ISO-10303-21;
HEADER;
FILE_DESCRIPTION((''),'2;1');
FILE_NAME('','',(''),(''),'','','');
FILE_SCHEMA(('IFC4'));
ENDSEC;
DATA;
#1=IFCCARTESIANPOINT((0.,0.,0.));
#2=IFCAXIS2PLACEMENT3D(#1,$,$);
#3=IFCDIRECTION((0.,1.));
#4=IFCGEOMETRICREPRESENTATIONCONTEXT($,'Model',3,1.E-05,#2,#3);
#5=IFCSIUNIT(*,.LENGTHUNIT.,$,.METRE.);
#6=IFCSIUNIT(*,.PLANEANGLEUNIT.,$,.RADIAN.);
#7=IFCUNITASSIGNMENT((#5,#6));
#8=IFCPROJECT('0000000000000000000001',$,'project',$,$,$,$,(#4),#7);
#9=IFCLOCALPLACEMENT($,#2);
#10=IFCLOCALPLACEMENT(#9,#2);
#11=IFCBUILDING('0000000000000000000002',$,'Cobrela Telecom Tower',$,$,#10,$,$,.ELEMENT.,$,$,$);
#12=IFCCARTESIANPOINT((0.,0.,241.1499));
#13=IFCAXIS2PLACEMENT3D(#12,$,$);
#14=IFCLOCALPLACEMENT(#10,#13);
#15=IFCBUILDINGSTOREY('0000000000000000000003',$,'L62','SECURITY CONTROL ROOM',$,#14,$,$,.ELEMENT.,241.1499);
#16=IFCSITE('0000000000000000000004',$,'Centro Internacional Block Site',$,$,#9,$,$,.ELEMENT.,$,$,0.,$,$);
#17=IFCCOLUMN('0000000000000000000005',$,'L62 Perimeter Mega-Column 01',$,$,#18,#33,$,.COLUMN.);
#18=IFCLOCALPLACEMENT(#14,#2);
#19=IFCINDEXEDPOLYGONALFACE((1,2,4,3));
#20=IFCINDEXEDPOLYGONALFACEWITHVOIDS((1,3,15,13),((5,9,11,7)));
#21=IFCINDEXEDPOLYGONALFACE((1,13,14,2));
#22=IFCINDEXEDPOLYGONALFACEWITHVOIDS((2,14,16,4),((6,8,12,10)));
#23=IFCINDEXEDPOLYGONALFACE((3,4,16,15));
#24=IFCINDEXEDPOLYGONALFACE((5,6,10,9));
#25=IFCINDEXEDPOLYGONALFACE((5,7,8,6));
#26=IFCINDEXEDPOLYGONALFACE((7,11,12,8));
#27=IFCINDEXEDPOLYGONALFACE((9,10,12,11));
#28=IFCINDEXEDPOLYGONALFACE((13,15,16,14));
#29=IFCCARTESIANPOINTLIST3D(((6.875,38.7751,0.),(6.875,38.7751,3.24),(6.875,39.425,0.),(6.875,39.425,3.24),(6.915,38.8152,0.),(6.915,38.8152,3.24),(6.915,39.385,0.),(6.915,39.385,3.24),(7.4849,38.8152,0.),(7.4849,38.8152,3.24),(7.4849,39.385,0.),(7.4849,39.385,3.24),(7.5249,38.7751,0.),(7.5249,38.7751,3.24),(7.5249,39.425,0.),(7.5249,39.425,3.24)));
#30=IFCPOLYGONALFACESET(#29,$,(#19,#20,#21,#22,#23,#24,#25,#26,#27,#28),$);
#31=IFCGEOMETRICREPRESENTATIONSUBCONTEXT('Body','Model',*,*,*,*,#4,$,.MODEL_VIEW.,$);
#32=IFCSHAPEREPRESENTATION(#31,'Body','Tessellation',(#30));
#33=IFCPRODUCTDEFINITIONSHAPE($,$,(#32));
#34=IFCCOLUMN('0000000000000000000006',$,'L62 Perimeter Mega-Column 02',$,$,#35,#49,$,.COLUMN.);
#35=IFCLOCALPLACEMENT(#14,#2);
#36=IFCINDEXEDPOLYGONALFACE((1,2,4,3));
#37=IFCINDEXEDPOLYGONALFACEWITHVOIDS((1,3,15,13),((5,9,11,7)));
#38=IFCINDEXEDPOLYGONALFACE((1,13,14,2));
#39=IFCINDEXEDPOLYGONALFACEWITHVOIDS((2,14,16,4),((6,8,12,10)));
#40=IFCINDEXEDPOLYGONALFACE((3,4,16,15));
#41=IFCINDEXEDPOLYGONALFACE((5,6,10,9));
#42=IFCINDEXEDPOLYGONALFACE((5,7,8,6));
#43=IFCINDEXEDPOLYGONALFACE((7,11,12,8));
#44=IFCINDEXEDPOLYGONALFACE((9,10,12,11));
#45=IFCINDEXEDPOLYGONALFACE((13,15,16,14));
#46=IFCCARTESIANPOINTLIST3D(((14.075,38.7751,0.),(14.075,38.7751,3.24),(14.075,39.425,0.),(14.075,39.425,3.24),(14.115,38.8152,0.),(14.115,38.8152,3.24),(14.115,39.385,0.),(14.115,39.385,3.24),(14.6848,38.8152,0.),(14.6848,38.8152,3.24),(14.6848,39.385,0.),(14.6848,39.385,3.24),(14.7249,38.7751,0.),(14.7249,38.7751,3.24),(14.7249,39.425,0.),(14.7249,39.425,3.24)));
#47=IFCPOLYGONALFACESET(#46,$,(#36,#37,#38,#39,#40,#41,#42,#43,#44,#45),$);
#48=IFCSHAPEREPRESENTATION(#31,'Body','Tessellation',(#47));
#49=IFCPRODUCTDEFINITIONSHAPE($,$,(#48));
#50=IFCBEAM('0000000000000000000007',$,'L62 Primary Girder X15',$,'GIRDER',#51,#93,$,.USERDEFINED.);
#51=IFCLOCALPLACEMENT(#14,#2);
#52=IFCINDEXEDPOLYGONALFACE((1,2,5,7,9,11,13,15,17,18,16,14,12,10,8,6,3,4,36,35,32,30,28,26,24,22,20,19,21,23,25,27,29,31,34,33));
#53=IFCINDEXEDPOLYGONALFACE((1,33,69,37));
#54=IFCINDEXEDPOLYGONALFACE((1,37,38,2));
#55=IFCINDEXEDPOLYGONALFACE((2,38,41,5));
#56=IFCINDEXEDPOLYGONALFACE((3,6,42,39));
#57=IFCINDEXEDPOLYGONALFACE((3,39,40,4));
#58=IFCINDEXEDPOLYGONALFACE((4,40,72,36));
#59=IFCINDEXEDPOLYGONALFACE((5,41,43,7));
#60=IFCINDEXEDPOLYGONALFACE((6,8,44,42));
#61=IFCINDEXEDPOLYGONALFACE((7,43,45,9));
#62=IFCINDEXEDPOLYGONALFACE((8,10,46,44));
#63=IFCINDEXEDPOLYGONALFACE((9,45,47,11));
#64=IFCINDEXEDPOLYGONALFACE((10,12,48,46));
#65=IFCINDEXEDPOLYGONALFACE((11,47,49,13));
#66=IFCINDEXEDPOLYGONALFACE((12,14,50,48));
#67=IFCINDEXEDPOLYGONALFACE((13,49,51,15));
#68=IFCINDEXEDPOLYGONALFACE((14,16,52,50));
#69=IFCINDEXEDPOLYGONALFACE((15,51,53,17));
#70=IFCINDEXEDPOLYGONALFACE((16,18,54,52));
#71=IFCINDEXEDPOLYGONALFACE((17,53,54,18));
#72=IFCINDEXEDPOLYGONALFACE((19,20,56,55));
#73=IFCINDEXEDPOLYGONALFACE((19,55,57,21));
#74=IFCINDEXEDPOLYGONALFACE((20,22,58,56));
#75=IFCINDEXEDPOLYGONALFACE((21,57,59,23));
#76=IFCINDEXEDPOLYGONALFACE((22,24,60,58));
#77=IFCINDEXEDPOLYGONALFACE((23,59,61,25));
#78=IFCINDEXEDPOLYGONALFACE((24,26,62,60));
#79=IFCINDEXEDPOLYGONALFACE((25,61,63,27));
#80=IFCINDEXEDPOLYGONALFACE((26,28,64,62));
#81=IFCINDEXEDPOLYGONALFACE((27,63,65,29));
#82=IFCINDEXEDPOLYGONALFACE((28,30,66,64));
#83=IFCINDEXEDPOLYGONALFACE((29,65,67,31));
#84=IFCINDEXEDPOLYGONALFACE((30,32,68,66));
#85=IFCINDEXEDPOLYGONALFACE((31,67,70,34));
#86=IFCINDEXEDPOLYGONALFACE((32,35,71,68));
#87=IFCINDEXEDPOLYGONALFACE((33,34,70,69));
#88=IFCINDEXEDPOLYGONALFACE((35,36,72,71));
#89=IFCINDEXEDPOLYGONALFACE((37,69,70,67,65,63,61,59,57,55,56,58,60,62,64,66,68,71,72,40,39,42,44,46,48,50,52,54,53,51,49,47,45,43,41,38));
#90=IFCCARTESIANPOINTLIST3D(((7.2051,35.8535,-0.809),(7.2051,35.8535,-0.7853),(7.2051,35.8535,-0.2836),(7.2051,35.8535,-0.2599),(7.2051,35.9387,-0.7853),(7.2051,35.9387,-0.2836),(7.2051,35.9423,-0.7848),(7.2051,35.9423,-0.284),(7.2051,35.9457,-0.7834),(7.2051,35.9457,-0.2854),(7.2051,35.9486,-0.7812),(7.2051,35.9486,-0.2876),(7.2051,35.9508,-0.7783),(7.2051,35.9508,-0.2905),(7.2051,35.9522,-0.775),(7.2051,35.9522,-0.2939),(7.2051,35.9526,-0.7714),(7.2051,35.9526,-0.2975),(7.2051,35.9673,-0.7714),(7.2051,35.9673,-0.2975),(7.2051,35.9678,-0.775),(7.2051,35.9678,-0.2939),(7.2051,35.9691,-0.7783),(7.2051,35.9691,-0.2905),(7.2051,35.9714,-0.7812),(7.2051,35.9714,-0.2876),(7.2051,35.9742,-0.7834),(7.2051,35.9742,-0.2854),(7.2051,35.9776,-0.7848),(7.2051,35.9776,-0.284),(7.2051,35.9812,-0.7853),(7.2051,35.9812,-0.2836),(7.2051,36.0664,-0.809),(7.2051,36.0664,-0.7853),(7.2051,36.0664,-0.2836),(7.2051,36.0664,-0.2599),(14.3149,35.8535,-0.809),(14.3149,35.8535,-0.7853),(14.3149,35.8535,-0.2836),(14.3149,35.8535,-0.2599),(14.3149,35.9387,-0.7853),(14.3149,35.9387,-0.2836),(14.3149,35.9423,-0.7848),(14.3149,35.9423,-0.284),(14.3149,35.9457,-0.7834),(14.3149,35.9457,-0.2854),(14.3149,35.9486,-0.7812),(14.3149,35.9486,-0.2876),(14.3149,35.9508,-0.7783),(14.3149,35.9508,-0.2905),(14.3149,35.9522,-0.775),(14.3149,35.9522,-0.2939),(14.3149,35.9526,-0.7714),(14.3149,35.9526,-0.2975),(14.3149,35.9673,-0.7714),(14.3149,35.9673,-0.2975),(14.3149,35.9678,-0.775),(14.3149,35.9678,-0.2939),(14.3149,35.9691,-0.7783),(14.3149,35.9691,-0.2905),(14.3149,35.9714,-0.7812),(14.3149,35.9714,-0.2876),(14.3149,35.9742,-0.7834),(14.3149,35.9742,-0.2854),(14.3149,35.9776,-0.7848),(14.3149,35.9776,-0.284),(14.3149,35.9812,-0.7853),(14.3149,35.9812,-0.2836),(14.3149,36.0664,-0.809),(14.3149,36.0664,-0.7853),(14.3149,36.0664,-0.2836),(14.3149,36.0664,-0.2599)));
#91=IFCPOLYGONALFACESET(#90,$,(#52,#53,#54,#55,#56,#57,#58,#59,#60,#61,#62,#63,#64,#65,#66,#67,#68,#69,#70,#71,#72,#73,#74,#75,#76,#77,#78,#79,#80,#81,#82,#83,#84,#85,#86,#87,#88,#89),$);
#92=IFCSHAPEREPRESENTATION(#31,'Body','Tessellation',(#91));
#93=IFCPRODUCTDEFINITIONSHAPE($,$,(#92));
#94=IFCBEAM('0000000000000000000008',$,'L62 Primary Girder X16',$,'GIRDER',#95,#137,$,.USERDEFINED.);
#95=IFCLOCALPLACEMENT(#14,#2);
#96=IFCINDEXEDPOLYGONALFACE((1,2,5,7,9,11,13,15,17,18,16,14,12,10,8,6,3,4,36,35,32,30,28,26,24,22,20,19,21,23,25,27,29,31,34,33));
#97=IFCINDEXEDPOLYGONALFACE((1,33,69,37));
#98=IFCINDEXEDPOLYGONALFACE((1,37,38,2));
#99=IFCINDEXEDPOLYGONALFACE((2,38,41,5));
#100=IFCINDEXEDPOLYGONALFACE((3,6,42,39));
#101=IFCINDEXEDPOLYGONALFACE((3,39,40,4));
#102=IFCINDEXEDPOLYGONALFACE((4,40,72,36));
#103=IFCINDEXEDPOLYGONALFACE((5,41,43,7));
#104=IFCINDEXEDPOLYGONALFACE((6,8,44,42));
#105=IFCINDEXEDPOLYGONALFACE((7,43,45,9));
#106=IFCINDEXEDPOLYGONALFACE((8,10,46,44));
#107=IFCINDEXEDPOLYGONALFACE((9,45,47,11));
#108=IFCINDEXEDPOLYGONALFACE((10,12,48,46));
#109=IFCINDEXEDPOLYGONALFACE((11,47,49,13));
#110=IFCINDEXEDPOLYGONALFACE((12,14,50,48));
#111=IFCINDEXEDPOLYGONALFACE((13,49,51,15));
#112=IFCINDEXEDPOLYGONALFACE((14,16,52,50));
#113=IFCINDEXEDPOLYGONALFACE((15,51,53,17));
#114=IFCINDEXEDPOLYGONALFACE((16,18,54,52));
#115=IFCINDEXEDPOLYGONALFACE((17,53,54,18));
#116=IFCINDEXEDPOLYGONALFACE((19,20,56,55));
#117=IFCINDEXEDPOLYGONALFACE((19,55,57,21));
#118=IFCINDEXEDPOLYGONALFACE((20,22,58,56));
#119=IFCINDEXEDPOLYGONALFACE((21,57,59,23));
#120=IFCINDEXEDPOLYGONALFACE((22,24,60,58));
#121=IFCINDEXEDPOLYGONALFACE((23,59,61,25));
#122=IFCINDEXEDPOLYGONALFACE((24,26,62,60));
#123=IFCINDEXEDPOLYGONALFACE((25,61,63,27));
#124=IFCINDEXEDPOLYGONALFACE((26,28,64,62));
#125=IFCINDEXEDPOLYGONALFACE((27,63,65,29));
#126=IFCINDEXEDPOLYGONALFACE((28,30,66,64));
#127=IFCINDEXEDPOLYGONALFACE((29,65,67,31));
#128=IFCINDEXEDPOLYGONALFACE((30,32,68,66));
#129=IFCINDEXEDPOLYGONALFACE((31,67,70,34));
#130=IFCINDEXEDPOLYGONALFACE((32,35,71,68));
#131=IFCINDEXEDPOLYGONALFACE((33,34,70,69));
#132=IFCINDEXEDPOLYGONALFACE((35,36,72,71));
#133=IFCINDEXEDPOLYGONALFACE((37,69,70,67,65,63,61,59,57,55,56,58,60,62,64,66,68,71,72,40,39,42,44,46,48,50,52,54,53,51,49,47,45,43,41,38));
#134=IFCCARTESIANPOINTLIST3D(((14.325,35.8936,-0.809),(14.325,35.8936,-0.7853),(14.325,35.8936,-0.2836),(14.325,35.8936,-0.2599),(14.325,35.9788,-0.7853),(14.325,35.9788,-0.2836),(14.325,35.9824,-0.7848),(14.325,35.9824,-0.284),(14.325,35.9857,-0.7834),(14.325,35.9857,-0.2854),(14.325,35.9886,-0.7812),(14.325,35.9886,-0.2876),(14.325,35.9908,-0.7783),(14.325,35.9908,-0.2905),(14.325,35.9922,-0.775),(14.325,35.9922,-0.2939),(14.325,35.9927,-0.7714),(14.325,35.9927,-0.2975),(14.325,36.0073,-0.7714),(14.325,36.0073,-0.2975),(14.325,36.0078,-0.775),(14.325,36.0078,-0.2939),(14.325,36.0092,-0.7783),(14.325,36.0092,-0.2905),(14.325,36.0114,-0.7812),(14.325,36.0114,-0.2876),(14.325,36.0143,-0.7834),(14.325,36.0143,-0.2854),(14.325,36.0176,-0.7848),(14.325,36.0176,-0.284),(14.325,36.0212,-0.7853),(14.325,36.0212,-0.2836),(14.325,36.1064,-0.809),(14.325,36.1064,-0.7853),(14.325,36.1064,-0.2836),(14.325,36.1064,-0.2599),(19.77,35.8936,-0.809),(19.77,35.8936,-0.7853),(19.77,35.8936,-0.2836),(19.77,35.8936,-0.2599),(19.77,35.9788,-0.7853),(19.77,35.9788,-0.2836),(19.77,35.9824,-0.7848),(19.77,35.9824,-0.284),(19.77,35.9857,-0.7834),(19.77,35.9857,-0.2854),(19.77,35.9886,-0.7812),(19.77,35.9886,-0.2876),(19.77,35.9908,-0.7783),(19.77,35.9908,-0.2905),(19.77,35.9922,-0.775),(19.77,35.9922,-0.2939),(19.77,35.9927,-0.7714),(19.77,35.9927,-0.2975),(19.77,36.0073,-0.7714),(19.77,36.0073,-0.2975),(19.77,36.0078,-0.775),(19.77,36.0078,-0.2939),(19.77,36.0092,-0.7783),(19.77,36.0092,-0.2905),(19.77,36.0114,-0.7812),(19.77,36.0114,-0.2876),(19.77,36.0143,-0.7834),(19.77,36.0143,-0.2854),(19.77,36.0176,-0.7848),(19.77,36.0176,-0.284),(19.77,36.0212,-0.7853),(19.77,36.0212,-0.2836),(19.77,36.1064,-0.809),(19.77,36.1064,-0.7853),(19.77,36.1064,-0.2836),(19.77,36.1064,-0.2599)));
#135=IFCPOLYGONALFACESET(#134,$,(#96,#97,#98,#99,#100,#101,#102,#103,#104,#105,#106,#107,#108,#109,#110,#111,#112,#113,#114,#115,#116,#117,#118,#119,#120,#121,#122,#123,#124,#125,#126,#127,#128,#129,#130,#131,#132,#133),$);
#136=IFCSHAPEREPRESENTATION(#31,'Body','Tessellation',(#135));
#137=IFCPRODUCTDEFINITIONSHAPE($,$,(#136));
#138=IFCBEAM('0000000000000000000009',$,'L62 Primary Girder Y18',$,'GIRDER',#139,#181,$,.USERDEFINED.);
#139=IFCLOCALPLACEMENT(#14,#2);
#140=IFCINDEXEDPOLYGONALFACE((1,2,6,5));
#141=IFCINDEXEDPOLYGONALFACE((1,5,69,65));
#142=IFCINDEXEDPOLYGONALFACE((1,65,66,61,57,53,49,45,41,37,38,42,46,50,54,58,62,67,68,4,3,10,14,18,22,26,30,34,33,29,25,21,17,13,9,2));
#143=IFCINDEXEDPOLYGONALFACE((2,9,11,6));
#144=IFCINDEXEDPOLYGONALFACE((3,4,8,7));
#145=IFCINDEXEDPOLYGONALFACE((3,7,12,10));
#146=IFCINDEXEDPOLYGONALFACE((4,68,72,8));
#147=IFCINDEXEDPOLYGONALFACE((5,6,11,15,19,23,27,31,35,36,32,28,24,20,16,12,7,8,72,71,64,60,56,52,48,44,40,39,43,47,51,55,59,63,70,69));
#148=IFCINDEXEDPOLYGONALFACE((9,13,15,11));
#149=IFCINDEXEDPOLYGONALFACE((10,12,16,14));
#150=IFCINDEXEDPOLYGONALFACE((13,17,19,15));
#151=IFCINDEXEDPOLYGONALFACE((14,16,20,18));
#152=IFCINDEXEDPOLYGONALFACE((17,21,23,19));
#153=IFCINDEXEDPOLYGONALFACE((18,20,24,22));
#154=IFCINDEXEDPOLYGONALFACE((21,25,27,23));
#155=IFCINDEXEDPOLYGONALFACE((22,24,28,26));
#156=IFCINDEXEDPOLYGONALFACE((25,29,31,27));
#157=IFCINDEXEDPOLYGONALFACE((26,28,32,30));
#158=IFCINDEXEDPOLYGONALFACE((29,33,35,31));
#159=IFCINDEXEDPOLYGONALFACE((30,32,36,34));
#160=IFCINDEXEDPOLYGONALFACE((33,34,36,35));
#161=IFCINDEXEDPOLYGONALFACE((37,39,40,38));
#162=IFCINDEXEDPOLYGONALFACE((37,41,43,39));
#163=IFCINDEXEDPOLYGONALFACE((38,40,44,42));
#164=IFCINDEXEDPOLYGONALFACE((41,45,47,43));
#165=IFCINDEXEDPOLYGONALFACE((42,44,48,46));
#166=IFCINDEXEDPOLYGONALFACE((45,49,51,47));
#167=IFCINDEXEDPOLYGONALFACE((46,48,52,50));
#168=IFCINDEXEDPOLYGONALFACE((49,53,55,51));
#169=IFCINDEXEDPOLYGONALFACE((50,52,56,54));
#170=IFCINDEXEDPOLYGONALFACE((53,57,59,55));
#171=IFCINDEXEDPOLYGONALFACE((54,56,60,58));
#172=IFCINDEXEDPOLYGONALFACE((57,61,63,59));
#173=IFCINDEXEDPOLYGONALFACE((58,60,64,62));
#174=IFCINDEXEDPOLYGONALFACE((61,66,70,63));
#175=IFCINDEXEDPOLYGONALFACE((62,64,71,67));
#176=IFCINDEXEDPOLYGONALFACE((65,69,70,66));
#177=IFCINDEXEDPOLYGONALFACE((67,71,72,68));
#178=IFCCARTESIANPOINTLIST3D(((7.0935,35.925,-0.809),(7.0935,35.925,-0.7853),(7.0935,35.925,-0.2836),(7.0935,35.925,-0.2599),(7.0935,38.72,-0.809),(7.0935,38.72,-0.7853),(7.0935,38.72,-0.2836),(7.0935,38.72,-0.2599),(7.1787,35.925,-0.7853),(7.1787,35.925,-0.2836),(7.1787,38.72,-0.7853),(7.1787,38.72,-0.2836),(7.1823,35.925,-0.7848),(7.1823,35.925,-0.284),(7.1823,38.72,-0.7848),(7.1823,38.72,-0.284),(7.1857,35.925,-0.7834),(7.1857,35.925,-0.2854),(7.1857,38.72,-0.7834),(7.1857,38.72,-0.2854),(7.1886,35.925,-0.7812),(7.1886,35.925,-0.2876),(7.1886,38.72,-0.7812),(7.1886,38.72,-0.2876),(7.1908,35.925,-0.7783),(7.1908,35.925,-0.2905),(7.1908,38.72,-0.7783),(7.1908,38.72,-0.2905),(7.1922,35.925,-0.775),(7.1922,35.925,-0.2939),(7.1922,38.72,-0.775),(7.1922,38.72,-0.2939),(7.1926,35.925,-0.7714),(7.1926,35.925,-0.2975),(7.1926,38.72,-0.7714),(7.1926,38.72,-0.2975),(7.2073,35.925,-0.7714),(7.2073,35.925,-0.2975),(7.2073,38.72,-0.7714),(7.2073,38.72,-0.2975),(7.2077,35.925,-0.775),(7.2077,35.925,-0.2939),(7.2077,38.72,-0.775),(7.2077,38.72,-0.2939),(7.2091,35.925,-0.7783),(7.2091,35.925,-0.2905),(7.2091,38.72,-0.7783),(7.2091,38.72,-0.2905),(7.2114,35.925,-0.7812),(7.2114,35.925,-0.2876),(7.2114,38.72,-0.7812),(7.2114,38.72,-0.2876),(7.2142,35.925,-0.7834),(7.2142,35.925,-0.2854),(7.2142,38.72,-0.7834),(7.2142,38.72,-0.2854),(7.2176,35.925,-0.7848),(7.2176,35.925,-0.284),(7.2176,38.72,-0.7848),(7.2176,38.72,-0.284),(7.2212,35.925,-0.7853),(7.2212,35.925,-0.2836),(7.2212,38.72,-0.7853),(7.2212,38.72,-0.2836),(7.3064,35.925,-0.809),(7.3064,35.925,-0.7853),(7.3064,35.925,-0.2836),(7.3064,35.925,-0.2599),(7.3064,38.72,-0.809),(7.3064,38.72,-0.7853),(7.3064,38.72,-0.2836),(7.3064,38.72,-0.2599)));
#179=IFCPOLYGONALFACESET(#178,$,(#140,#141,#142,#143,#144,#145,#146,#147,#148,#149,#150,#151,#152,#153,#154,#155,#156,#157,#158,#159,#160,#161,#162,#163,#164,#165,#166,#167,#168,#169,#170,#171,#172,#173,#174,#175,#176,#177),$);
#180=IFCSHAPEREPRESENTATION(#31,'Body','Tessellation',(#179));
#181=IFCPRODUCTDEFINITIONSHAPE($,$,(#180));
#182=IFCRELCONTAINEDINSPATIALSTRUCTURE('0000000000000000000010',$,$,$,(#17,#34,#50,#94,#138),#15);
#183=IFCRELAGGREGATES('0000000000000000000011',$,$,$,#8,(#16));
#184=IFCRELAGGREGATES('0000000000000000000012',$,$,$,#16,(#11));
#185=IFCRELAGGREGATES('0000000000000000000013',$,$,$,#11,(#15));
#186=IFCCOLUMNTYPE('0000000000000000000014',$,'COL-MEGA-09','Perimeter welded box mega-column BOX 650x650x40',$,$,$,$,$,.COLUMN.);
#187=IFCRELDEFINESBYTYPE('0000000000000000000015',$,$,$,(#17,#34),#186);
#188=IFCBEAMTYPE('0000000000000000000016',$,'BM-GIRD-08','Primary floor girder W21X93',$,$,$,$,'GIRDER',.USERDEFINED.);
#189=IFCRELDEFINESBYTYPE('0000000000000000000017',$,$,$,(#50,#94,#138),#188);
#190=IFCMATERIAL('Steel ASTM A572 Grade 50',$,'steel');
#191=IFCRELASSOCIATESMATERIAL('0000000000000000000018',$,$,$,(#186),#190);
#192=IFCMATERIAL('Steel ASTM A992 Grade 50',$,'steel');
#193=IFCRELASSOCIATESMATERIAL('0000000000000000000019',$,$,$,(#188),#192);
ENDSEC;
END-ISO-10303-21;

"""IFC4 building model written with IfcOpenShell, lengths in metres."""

from ifc_helpers import new_model, si_unit, direction, frame, origin, origin_2d, place, context, subcontext, project, spatial, hollow_rectangle, i_section, extrude, material, material_profile, profile_set, type_object, element, save


model = new_model("IFC4")

# Units and contexts
model_context = context("Model", 3, precision=1e-05, world=origin(), true_north=direction((0.0, 1.0)))
body_context = subcontext(model_context, "Body", "Model", "MODEL_VIEW")
ifc_project = project(units=[si_unit("LENGTHUNIT", "METRE"), si_unit("PLANEANGLEUNIT", "RADIAN")], contexts=[model_context])

# Site, building, storey
site_placement = place(None, origin())
site = spatial("IfcSite", under=ifc_project, at=site_placement, Name="Centro Internacional Block Site", CompositionType="ELEMENT", RefElevation=0.0)
building_placement = place(site_placement, origin())
building = spatial("IfcBuilding", under=site, at=building_placement, Name="Cobrela Telecom Tower", CompositionType="ELEMENT")
storey_placement = place(building_placement, frame((0.0, 0.0, 241.1499)))
storey = spatial("IfcBuildingStorey", under=building, at=storey_placement, Name="L62", Description="SECURITY CONTROL ROOM", CompositionType="ELEMENT", Elevation=241.1499)

# Columns
ifc_material_1 = material(Name="Steel ASTM A572 Grade 50", Category="steel")
ifc_material_profile_1 = material_profile(ifc_material_1, hollow_rectangle(XDim=0.6499, YDim=0.6499, WallThickness=0.04, at=origin_2d()), Name="BOX 650x650x40")
ifc_profile_set_1 = profile_set([ifc_material_profile_1], Name="Steel ASTM A572 Grade 50")
column_type = type_object("IfcColumnType", Name="COL-MEGA-09", Description="Perimeter welded box mega-column BOX 650x650x40", PredefinedType="COLUMN", material=ifc_profile_set_1)
for number, where, z_axis, x_axis, name in (
    (1, (7.2, 39.1001, 0.0), (0.0, 0.0, 1.0), (1.0, 0.0, 0.0), "L62 Perimeter Mega-Column 01"),
    (2, (14.3999, 39.1001, 0.0), (0.0, 0.0, 1.0), (1.0, 0.0, 0.0), "L62 Perimeter Mega-Column 02"),
):
    element("IfcColumn", number, at=place(storey_placement, frame(where, z_axis=z_axis, x_axis=x_axis)), inside=storey, type_object=column_type, Name=name, PredefinedType="COLUMN", context=body_context, shape_type="SweptSolid", body=[
        extrude(hollow_rectangle(XDim=0.6499, YDim=0.6499, WallThickness=0.04, at=origin_2d()), origin(), (0.0, 0.0, 1.0), 3.24),
    ])

# Beams
ifc_material_2 = material(Name="Steel ASTM A992 Grade 50", Category="steel")
ifc_material_profile_2 = material_profile(ifc_material_2, i_section(OverallWidth=0.2129, OverallDepth=0.5491, WebThickness=0.0146, FlangeThickness=0.0237, FilletRadius=0.0139, at=origin_2d()), Name="W21X93")
ifc_profile_set_2 = profile_set([ifc_material_profile_2], Name="Steel ASTM A992 Grade 50")
beam_type_1 = type_object("IfcBeamType", Name="BM-GIRD-08", Description="Primary floor girder W21X93", ElementType="GIRDER", PredefinedType="USERDEFINED", material=ifc_profile_set_2)
beam_1_placement = place(storey_placement, frame((7.2051, 35.96, -0.5344), z_axis=(1.0, 0.0, 0.0), x_axis=(0.0, 1.0, 0.0)))
element("IfcBeam", 3, at=beam_1_placement, inside=storey, type_object=beam_type_1, Name="L62 Primary Girder X15", ObjectType="GIRDER", PredefinedType="USERDEFINED", context=body_context, shape_type="SweptSolid", body=[
    extrude(i_section(OverallWidth=0.2129, OverallDepth=0.5491, WebThickness=0.0146, FlangeThickness=0.0237, FilletRadius=0.0139, at=origin_2d()), origin(), (0.0, 0.0, 1.0), 7.1099),
])
beam_2_placement = place(storey_placement, frame((14.325, 36.0, -0.5344), z_axis=(1.0, 0.0, 0.0), x_axis=(0.0, 1.0, 0.0)))
element("IfcBeam", 4, at=beam_2_placement, inside=storey, type_object=beam_type_1, Name="L62 Primary Girder X16", ObjectType="GIRDER", PredefinedType="USERDEFINED", context=body_context, shape_type="SweptSolid", body=[
    extrude(i_section(OverallWidth=0.2129, OverallDepth=0.5491, WebThickness=0.0146, FlangeThickness=0.0237, FilletRadius=0.0139, at=origin_2d()), origin(), (0.0, 0.0, 1.0), 5.4451),
])
for number, where, z_axis, x_axis, name in (
    (5, (7.2, 35.925, -0.5344), (0.0, 1.0, 0.0), (-1.0, 0.0, 0.0), "L62 Primary Girder Y18"),
):
    element("IfcBeam", number, at=place(storey_placement, frame(where, z_axis=z_axis, x_axis=x_axis)), inside=storey, type_object=beam_type_1, Name=name, ObjectType="GIRDER", PredefinedType="USERDEFINED", context=body_context, shape_type="SweptSolid", body=[
        extrude(i_section(OverallWidth=0.2129, OverallDepth=0.5491, WebThickness=0.0146, FlangeThickness=0.0237, FilletRadius=0.0139, at=origin_2d()), origin(), (0.0, 0.0, 1.0), 2.7949),
    ])

save(model, "model.ifc")
